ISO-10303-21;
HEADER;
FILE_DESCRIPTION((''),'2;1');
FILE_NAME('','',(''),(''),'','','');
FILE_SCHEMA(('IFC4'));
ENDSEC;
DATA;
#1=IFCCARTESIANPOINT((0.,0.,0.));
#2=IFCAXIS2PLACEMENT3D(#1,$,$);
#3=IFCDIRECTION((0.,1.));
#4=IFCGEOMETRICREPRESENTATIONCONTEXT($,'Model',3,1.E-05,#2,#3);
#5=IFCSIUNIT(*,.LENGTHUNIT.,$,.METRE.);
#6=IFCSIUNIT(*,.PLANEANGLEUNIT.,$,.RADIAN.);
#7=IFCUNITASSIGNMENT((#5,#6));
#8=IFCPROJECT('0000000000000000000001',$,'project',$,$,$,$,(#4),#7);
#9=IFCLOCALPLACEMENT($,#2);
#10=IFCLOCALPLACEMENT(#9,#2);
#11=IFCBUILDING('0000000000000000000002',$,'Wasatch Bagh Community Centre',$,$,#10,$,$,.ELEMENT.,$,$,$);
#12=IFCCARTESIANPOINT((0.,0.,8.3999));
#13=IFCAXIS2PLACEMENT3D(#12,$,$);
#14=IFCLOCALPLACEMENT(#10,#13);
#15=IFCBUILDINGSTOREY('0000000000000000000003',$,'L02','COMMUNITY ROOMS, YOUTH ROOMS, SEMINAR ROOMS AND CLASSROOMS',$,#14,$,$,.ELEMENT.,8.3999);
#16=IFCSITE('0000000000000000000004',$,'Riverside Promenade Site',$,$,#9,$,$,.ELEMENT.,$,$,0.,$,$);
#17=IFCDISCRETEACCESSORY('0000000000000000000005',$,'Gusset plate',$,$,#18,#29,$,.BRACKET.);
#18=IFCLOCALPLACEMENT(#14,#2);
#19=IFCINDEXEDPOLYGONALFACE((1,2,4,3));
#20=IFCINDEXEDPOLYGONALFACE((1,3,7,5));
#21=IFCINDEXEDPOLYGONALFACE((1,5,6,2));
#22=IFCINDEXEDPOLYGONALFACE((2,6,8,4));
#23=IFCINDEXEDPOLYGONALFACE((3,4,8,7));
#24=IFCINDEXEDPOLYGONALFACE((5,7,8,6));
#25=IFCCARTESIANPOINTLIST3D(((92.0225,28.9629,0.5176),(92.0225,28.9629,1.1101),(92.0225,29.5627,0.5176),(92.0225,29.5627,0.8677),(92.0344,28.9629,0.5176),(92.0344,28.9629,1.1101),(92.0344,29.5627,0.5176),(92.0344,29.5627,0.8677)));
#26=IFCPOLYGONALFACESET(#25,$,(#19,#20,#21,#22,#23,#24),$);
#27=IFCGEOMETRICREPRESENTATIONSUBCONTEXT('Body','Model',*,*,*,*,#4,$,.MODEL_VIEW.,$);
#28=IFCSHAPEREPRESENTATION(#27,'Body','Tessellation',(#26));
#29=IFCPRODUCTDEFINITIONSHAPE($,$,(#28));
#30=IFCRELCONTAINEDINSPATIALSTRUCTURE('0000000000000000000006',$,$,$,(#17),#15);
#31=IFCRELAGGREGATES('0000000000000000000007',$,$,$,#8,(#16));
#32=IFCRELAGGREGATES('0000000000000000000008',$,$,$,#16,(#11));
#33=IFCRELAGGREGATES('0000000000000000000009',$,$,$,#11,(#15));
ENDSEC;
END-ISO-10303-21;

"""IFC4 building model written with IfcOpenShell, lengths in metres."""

from ifc_helpers import new_model, si_unit, direction, frame, origin, place, context, subcontext, project, spatial, polyline, outline, extrude, element, save


model = new_model("IFC4")

# Units and contexts
model_context = context("Model", 3, precision=1e-05, world=origin(), true_north=direction((0.0, 1.0)))
body_context = subcontext(model_context, "Body", "Model", "MODEL_VIEW")
ifc_project = project(units=[si_unit("LENGTHUNIT", "METRE"), si_unit("PLANEANGLEUNIT", "RADIAN")], contexts=[model_context])

# Site, building, storey
site_placement = place(None, origin())
site = spatial("IfcSite", under=ifc_project, at=site_placement, Name="Riverside Promenade Site", CompositionType="ELEMENT", RefElevation=0.0)
building_placement = place(site_placement, origin())
building = spatial("IfcBuilding", under=site, at=building_placement, Name="Wasatch Bagh Community Centre", CompositionType="ELEMENT")
storey_placement = place(building_placement, frame((0.0, 0.0, 8.3999)))
storey = spatial("IfcBuildingStorey", under=building, at=storey_placement, Name="L02", Description="COMMUNITY ROOMS, YOUTH ROOMS, SEMINAR ROOMS AND CLASSROOMS", CompositionType="ELEMENT", Elevation=8.3999)

# Discrete accessory
discrete_accessory_1_placement = place(storey_placement, frame((92.0225, 28.9629, 1.1101), z_axis=(-1.0, 0.0, 0.0), x_axis=(0.0, 0.927144, -0.374706)))
element("IfcDiscreteAccessory", 1, at=discrete_accessory_1_placement, inside=storey, Name="Gusset plate", PredefinedType="BRACKET", context=body_context, shape_type="SweptSolid", body=[
    extrude(outline(polyline([(0.0, 0.0), (0.647, 0.0), (0.7782, 0.3246), (0.222, 0.5494), (0.0, 0.0)])), origin(), (0.0, 0.0, -1.0), 0.012),
])

save(model, "model.ifc")
